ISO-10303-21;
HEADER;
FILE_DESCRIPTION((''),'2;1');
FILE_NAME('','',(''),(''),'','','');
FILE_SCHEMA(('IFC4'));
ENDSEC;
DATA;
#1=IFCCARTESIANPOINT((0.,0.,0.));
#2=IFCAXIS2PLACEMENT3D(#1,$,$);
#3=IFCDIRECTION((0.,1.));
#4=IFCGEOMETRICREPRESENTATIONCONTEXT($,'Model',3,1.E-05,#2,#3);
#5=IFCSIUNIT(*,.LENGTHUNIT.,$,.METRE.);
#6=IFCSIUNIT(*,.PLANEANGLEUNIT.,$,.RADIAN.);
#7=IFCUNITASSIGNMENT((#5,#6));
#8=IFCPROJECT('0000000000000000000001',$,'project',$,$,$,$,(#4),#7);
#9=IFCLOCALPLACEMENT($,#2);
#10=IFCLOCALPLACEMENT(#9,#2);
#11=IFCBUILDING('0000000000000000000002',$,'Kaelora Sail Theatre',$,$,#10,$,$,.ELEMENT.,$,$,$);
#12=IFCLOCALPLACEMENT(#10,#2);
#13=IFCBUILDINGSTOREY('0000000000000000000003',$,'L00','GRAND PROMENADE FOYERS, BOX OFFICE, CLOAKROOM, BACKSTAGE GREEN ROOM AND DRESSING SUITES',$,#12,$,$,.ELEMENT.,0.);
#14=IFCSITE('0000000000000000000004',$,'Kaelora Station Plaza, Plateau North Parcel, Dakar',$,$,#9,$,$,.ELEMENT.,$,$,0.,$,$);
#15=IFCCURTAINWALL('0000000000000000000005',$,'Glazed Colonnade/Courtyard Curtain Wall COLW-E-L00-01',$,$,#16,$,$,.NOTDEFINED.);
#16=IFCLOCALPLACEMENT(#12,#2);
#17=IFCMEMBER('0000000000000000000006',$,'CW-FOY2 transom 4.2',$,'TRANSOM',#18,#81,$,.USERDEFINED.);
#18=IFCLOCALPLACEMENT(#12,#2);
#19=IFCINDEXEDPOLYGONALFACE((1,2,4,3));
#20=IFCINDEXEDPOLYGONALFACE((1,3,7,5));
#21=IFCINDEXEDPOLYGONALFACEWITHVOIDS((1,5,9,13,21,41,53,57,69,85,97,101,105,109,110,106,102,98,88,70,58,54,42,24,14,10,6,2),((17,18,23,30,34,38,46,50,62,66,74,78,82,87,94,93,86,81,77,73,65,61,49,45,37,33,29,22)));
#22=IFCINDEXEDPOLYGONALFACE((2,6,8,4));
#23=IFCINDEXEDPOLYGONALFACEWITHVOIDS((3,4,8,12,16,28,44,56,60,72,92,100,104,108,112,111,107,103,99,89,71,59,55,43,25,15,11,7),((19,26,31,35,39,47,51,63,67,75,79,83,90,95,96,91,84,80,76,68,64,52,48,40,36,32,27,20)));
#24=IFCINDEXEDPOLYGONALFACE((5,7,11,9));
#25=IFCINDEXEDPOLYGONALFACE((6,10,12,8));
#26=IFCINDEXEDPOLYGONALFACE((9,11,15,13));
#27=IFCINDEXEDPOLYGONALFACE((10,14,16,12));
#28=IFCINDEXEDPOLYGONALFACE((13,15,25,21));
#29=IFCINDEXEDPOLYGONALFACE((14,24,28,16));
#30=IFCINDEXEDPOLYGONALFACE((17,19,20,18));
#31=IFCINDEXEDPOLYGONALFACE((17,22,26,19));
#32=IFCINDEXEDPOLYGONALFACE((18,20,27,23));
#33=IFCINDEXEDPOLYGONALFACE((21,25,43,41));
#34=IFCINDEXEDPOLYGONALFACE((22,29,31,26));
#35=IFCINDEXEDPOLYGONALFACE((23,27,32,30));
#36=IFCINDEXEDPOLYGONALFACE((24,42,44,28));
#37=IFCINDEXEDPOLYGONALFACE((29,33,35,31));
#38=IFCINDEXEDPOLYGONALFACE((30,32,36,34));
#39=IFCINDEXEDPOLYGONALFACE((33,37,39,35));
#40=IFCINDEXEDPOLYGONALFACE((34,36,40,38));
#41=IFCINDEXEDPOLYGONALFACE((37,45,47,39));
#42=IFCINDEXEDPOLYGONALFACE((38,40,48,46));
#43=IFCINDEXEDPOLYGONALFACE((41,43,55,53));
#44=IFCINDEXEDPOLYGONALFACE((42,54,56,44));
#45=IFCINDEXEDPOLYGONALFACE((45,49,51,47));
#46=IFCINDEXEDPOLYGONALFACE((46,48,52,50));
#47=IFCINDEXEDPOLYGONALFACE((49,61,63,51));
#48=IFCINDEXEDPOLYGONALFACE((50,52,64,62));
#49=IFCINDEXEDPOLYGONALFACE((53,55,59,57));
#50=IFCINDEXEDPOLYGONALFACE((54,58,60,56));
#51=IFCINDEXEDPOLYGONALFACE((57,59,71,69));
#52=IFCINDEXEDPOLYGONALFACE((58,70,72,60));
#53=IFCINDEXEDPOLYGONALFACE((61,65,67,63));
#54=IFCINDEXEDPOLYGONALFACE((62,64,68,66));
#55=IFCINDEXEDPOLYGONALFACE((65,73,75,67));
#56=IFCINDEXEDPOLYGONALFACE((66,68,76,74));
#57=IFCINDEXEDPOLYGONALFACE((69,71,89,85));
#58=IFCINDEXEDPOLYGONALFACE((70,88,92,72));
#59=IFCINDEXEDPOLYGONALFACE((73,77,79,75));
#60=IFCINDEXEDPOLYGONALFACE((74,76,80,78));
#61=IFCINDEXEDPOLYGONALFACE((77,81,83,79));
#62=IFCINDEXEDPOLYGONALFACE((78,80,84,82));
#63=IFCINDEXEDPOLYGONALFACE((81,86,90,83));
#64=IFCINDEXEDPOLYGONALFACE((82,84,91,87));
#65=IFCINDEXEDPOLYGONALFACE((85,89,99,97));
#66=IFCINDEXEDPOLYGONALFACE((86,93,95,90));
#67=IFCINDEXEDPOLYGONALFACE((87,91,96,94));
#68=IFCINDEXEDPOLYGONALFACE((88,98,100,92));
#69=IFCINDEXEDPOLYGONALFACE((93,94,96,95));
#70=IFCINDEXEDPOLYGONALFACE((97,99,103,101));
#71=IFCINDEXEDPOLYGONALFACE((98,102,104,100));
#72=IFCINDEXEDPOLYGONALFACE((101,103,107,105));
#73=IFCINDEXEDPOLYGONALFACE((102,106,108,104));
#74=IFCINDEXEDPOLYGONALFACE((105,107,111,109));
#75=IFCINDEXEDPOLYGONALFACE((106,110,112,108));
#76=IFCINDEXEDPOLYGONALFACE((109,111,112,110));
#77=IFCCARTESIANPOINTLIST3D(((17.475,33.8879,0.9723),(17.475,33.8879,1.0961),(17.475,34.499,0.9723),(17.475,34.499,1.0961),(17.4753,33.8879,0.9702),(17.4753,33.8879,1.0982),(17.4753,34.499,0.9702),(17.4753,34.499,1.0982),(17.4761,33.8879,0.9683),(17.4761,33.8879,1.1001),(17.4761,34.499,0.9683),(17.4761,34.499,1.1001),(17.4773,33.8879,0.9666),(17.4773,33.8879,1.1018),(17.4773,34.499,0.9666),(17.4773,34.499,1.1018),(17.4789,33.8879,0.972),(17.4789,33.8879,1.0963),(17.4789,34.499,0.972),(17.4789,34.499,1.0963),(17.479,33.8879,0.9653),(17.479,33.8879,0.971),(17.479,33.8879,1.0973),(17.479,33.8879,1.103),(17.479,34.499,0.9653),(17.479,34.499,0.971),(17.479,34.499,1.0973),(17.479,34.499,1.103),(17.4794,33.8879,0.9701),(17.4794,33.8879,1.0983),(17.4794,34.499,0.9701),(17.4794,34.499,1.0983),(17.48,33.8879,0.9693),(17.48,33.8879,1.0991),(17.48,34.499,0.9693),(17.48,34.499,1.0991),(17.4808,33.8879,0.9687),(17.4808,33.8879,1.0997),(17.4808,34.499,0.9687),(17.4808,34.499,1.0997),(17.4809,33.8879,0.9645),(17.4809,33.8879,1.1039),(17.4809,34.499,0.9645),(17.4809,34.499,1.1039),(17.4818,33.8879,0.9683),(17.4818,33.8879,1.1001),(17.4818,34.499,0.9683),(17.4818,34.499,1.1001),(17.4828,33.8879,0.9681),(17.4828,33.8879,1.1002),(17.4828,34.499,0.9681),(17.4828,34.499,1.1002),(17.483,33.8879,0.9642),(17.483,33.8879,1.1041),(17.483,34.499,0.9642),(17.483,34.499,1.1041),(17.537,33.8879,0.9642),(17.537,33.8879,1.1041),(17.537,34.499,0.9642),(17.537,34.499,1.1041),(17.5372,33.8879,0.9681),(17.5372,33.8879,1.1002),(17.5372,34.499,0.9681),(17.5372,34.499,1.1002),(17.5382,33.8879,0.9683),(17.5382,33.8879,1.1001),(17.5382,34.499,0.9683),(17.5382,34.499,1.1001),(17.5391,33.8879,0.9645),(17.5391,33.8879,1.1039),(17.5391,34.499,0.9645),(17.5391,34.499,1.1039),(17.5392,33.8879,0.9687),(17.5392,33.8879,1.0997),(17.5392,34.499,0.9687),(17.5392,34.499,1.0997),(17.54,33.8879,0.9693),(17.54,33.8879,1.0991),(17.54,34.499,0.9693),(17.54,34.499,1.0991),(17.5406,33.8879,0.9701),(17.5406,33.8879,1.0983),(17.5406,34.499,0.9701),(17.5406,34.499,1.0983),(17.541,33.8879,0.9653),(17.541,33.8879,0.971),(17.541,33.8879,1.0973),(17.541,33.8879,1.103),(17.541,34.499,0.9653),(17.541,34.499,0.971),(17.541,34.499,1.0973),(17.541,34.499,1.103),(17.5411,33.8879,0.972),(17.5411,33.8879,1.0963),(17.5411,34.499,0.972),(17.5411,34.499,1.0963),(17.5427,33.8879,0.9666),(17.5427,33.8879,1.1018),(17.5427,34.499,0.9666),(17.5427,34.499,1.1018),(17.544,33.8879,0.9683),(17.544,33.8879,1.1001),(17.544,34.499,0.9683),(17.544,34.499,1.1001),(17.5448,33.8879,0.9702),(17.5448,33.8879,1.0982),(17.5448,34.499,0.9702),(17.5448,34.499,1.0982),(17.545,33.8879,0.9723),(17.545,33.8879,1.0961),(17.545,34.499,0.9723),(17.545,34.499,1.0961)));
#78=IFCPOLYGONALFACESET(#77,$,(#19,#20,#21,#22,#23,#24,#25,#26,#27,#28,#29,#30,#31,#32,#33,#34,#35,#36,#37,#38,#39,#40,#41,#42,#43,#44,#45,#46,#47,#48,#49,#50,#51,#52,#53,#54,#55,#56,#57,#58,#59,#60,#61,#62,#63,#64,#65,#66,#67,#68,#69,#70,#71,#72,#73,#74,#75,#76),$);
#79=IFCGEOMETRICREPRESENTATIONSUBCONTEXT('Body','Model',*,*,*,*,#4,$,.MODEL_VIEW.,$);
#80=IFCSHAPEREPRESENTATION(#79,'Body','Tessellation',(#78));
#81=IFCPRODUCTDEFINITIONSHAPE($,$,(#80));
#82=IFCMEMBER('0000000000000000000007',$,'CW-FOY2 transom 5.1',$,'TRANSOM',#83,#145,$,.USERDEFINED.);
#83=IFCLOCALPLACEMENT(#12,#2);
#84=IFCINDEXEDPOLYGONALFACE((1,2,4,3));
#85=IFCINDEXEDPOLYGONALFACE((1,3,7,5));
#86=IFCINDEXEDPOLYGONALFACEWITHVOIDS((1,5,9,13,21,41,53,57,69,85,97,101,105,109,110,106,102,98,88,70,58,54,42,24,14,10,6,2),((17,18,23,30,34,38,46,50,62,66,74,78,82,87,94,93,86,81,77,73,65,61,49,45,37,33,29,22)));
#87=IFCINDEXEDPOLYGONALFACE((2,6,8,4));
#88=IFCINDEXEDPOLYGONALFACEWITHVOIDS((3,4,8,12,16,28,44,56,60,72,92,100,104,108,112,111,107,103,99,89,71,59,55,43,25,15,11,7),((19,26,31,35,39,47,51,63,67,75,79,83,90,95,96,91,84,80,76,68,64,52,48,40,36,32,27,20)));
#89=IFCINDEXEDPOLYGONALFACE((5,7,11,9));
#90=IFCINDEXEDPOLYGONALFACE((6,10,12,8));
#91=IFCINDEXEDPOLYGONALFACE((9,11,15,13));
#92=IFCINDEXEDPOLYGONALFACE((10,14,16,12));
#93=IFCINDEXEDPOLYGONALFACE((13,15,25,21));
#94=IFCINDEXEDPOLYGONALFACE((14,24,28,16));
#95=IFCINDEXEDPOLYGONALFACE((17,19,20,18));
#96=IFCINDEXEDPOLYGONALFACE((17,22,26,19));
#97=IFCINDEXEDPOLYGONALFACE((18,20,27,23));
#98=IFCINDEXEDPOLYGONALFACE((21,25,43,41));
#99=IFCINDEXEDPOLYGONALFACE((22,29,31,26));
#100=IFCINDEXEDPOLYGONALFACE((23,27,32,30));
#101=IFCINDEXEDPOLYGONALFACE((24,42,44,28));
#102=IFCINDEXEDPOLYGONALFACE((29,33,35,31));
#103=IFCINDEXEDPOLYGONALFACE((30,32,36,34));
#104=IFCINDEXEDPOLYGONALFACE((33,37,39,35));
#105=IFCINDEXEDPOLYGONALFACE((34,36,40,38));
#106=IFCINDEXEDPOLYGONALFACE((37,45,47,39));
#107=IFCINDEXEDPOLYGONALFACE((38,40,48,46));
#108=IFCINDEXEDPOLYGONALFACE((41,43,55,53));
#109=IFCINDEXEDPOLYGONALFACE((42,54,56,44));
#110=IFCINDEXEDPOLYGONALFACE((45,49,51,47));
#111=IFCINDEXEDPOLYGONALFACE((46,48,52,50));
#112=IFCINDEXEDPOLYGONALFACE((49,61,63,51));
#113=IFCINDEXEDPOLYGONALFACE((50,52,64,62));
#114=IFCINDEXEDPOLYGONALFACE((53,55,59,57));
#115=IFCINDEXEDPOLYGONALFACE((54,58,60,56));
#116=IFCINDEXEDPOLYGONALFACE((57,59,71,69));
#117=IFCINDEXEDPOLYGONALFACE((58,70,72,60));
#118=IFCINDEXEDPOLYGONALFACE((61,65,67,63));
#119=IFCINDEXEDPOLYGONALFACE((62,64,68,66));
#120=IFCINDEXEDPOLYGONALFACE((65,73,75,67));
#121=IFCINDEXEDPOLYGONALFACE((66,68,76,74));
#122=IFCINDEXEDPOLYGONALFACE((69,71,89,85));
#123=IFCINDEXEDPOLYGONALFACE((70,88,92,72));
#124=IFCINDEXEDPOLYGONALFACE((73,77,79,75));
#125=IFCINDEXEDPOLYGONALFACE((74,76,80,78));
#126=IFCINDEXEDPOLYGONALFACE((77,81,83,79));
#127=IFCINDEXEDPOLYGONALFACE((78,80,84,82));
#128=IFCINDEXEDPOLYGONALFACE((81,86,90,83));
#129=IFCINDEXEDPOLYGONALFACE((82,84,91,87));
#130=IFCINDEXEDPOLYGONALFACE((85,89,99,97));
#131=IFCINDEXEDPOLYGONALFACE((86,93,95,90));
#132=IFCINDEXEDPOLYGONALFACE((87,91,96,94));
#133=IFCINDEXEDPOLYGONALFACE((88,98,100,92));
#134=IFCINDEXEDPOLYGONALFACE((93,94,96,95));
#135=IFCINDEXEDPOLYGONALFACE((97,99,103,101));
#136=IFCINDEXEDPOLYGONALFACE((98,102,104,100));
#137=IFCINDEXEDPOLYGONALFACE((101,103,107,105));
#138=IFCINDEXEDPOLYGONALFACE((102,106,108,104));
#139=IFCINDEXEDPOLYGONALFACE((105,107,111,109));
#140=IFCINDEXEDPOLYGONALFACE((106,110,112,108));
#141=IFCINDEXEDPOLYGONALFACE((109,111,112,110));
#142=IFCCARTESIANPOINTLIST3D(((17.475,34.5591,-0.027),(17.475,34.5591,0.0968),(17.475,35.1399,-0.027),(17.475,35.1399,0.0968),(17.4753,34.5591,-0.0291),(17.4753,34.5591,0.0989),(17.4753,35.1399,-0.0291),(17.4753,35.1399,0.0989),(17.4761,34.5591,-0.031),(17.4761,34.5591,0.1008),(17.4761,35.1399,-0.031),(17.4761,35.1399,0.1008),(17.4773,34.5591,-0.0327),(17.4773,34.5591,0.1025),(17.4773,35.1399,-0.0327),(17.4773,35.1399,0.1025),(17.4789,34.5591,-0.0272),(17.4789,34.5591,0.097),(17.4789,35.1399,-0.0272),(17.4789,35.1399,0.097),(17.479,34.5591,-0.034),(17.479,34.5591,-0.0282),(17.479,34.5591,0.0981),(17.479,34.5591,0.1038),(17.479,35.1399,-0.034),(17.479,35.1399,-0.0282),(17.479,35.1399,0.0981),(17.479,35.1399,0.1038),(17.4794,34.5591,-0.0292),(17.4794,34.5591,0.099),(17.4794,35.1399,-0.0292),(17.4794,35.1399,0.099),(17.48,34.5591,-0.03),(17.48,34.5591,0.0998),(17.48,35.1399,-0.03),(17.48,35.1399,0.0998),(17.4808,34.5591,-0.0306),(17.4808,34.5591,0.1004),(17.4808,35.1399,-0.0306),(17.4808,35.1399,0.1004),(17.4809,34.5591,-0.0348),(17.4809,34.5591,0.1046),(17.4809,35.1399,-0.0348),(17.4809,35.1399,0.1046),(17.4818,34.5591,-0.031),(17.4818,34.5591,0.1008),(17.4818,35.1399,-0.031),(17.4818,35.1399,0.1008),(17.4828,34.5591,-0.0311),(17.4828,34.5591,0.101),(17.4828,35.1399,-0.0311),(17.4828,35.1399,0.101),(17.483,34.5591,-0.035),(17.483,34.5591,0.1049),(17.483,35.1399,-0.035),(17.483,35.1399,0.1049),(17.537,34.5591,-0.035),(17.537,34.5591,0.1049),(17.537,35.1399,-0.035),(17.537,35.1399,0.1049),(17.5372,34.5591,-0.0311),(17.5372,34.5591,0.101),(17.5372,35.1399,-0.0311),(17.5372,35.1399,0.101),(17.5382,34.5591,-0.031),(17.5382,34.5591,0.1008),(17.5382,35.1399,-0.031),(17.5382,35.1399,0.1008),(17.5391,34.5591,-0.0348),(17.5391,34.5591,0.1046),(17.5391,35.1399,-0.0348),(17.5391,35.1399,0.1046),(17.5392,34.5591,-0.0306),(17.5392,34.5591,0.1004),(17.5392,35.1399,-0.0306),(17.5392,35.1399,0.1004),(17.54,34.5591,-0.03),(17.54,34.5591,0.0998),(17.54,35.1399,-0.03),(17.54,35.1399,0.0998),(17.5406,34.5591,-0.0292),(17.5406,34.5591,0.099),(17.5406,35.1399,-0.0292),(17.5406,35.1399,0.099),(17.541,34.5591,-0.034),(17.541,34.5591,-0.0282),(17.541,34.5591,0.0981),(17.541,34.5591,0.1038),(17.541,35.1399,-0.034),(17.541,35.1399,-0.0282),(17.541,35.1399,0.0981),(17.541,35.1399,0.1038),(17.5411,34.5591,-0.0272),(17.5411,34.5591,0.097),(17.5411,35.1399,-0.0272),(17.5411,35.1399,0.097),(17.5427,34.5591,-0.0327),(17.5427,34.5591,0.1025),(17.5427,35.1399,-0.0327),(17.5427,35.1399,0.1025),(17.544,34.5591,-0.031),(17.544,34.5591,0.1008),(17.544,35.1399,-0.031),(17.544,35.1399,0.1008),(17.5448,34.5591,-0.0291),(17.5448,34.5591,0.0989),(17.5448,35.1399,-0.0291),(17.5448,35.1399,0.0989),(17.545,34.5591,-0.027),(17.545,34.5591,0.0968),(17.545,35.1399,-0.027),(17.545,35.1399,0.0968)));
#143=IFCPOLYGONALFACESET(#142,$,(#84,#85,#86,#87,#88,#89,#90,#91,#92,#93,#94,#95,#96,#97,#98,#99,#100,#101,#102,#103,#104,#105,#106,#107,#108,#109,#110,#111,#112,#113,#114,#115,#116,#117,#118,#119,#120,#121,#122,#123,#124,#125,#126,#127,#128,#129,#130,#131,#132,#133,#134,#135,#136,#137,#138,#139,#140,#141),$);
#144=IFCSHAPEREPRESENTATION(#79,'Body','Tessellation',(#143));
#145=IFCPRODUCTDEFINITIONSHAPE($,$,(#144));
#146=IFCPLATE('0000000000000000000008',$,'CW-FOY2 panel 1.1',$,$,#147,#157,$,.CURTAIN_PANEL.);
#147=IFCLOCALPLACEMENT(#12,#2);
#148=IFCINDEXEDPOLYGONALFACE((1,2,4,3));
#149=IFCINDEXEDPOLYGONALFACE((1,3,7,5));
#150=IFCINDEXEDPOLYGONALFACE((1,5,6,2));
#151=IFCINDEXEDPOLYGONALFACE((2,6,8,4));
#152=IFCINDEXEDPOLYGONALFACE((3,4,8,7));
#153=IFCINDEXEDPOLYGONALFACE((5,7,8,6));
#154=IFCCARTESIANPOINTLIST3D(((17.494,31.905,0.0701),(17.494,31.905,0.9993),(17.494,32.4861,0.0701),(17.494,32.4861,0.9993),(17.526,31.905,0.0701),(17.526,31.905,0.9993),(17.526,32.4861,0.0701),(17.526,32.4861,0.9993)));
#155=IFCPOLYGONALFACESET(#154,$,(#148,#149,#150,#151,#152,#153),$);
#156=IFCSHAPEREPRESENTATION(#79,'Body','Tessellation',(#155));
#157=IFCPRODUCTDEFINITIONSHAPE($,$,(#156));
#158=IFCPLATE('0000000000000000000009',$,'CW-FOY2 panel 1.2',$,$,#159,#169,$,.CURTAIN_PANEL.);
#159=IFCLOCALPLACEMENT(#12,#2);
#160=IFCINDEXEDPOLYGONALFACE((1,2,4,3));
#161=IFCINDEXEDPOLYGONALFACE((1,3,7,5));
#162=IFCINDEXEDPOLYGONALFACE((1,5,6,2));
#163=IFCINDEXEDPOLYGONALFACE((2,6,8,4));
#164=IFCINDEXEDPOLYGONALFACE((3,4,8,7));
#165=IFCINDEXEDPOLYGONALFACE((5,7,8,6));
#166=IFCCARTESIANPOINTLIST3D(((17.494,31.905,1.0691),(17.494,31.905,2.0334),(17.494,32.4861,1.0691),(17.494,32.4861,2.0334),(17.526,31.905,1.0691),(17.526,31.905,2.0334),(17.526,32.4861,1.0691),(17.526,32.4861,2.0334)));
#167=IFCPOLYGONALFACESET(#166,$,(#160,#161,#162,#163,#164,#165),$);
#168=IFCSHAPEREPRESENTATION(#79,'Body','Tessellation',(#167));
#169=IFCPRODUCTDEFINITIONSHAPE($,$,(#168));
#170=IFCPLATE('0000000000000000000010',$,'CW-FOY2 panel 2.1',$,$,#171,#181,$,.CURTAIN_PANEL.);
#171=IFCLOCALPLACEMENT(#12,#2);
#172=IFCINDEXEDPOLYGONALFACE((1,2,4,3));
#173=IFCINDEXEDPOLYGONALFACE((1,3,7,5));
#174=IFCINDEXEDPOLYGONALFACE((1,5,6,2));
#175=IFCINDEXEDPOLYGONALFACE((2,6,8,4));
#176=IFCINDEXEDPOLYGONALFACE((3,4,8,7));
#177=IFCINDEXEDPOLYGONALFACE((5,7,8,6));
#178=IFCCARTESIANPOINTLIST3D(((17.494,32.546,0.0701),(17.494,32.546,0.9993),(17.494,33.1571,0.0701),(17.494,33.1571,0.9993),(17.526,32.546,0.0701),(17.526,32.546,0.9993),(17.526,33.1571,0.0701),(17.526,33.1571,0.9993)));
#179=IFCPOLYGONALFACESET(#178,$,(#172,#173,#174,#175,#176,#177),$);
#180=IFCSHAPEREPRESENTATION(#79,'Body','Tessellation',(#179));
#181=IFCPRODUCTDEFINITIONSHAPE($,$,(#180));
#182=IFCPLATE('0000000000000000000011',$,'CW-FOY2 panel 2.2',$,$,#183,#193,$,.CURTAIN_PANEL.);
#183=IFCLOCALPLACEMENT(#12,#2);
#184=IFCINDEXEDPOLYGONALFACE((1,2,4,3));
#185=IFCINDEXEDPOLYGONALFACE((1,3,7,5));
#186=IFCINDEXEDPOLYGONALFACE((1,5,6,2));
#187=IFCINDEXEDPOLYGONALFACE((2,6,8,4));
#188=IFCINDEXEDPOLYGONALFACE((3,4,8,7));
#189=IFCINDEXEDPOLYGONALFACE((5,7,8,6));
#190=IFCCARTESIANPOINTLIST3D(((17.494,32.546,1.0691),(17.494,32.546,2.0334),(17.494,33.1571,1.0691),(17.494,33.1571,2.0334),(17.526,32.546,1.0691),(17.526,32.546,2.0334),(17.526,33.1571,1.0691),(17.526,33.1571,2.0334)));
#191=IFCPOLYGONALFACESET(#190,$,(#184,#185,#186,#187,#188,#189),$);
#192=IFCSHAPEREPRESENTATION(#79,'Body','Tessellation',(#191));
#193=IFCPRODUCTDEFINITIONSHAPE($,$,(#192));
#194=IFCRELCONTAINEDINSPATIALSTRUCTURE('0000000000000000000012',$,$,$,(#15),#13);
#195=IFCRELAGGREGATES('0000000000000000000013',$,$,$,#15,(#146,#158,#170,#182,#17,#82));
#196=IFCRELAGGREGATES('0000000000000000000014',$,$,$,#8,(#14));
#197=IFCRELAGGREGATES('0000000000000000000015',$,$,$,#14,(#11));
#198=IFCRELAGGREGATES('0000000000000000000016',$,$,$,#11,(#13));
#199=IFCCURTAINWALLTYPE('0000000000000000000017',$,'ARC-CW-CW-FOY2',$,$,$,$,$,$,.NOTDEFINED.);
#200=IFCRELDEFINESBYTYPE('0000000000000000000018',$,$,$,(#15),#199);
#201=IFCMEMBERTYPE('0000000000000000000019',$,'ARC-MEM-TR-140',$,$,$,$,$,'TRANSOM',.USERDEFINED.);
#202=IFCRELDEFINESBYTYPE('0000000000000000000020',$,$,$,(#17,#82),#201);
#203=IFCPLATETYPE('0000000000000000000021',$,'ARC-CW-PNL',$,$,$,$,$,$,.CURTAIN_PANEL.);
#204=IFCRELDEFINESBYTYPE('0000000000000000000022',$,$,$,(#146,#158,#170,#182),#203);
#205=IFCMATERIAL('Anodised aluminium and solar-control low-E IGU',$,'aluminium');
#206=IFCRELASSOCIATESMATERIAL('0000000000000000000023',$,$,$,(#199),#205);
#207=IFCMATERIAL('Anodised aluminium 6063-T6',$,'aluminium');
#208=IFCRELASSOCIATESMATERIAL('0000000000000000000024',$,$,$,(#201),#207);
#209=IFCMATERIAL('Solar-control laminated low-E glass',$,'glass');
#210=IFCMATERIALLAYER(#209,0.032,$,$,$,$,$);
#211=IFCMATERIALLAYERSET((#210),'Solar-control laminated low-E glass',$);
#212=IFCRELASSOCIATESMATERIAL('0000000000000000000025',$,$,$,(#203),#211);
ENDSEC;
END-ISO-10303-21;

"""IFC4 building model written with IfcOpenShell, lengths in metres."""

from ifc_helpers import new_model, si_unit, direction, frame, origin, origin_2d, place, context, subcontext, project, spatial, rectangle, hollow_rectangle, extrude, material, layer, layer_set, material_profile, profile_set, type_object, element, aggregate, save


model = new_model("IFC4")

# Units and contexts
model_context = context("Model", 3, precision=1e-05, world=origin(), true_north=direction((0.0, 1.0)))
body_context = subcontext(model_context, "Body", "Model", "MODEL_VIEW")
ifc_project = project(units=[si_unit("LENGTHUNIT", "METRE"), si_unit("PLANEANGLEUNIT", "RADIAN")], contexts=[model_context])

# Site, building, storey
site_placement = place(None, origin())
site = spatial("IfcSite", under=ifc_project, at=site_placement, Name="Kaelora Station Plaza, Plateau North Parcel, Dakar", CompositionType="ELEMENT", RefElevation=0.0)
building_placement = place(site_placement, origin())
building = spatial("IfcBuilding", under=site, at=building_placement, Name="Kaelora Sail Theatre", CompositionType="ELEMENT")
storey_placement = place(building_placement, origin())
storey = spatial("IfcBuildingStorey", under=building, at=storey_placement, Name="L00", Description="GRAND PROMENADE FOYERS, BOX OFFICE, CLOAKROOM, BACKSTAGE GREEN ROOM AND DRESSING SUITES", CompositionType="ELEMENT", Elevation=0.0)

# Curtain wall, members, plates
ifc_material_1 = material(Name="Anodised aluminium and solar-control low-E IGU", Category="aluminium")
curtain_wall_type = type_object("IfcCurtainWallType", Name="ARC-CW-CW-FOY2", PredefinedType="NOTDEFINED", material=ifc_material_1)
curtain_wall_placement = place(storey_placement, origin())
curtain_wall = element("IfcCurtainWall", 1, at=curtain_wall_placement, inside=storey, type_object=curtain_wall_type, Name="Glazed Colonnade/Courtyard Curtain Wall COLW-E-L00-01", PredefinedType="NOTDEFINED")
ifc_material_2 = material(Name="Anodised aluminium 6063-T6", Category="aluminium")
ifc_material_profile_1 = material_profile(ifc_material_2, hollow_rectangle(XDim=0.0701, YDim=0.1399, WallThickness=0.0039, InnerFilletRadius=0.0039, OuterFilletRadius=0.0081, at=origin_2d()), Name="ALU-TRAN 70x140x4")
ifc_profile_set_1 = profile_set([ifc_material_profile_1], Name="Anodised aluminium 6063-T6")
member_type_1 = type_object("IfcMemberType", Name="ARC-MEM-TR-140", ElementType="TRANSOM", PredefinedType="USERDEFINED", material=ifc_profile_set_1)
member_1_placement = place(storey_placement, frame((17.51, 33.8879, 1.0342), z_axis=(0.0, 1.0, 0.0), x_axis=(-1.0, 0.0, 0.0)))
member_1 = element("IfcMember", 2, at=member_1_placement, type_object=member_type_1, Name="CW-FOY2 transom 4.2", ObjectType="TRANSOM", PredefinedType="USERDEFINED", context=body_context, shape_type="SweptSolid", body=[
    extrude(hollow_rectangle(XDim=0.0701, YDim=0.1399, WallThickness=0.0039, InnerFilletRadius=0.0039, OuterFilletRadius=0.0081, at=origin_2d()), origin(), (0.0, 0.0, 1.0), 0.6111),
])
member_2_placement = place(storey_placement, frame((17.51, 34.5591, 0.0349), z_axis=(0.0, 1.0, 0.0), x_axis=(-1.0, 0.0, 0.0)))
member_2 = element("IfcMember", 3, at=member_2_placement, type_object=member_type_1, Name="CW-FOY2 transom 5.1", ObjectType="TRANSOM", PredefinedType="USERDEFINED", context=body_context, shape_type="SweptSolid", body=[
    extrude(hollow_rectangle(XDim=0.0701, YDim=0.1399, WallThickness=0.0039, InnerFilletRadius=0.0039, OuterFilletRadius=0.0081, at=origin_2d()), origin(), (0.0, 0.0, 1.0), 0.5808),
])
ifc_material_3 = material(Name="Solar-control laminated low-E glass", Category="glass")
ifc_layer = layer(ifc_material_3, 0.032)
ifc_layer_set = layer_set([ifc_layer], Name="Solar-control laminated low-E glass")
plate_type = type_object("IfcPlateType", Name="ARC-CW-PNL", PredefinedType="CURTAIN_PANEL", material=ifc_layer_set)
plate_1_placement = place(storey_placement, frame((17.51, 32.1956, 0.0701), z_axis=(0.0, 0.0, 1.0), x_axis=(0.0, 1.0, 0.0)))
plate_1 = element("IfcPlate", 4, at=plate_1_placement, type_object=plate_type, Name="CW-FOY2 panel 1.1", PredefinedType="CURTAIN_PANEL", context=body_context, shape_type="SweptSolid", body=[
    extrude(rectangle(XDim=0.5811, YDim=0.032, at=origin_2d()), origin(), (0.0, 0.0, 1.0), 0.9292),
])
plate_2_placement = place(storey_placement, frame((17.51, 32.1956, 1.0691), z_axis=(0.0, 0.0, 1.0), x_axis=(0.0, 1.0, 0.0)))
plate_2 = element("IfcPlate", 5, at=plate_2_placement, type_object=plate_type, Name="CW-FOY2 panel 1.2", PredefinedType="CURTAIN_PANEL", context=body_context, shape_type="SweptSolid", body=[
    extrude(rectangle(XDim=0.5811, YDim=0.032, at=origin_2d()), origin(), (0.0, 0.0, 1.0), 0.9644),
])
plate_3_placement = place(storey_placement, frame((17.51, 32.8516, 0.0701), z_axis=(0.0, 0.0, 1.0), x_axis=(0.0, 1.0, 0.0)))
plate_3 = element("IfcPlate", 6, at=plate_3_placement, type_object=plate_type, Name="CW-FOY2 panel 2.1", PredefinedType="CURTAIN_PANEL", context=body_context, shape_type="SweptSolid", body=[
    extrude(rectangle(XDim=0.6111, YDim=0.032, at=origin_2d()), origin(), (0.0, 0.0, 1.0), 0.9292),
])
plate_4_placement = place(storey_placement, frame((17.51, 32.8516, 1.0691), z_axis=(0.0, 0.0, 1.0), x_axis=(0.0, 1.0, 0.0)))
plate_4 = element("IfcPlate", 7, at=plate_4_placement, type_object=plate_type, Name="CW-FOY2 panel 2.2", PredefinedType="CURTAIN_PANEL", context=body_context, shape_type="SweptSolid", body=[
    extrude(rectangle(XDim=0.6111, YDim=0.032, at=origin_2d()), origin(), (0.0, 0.0, 1.0), 0.9644),
])
aggregate(curtain_wall, [plate_1, plate_2, plate_3, plate_4, member_1, member_2])

save(model, "model.ifc")
